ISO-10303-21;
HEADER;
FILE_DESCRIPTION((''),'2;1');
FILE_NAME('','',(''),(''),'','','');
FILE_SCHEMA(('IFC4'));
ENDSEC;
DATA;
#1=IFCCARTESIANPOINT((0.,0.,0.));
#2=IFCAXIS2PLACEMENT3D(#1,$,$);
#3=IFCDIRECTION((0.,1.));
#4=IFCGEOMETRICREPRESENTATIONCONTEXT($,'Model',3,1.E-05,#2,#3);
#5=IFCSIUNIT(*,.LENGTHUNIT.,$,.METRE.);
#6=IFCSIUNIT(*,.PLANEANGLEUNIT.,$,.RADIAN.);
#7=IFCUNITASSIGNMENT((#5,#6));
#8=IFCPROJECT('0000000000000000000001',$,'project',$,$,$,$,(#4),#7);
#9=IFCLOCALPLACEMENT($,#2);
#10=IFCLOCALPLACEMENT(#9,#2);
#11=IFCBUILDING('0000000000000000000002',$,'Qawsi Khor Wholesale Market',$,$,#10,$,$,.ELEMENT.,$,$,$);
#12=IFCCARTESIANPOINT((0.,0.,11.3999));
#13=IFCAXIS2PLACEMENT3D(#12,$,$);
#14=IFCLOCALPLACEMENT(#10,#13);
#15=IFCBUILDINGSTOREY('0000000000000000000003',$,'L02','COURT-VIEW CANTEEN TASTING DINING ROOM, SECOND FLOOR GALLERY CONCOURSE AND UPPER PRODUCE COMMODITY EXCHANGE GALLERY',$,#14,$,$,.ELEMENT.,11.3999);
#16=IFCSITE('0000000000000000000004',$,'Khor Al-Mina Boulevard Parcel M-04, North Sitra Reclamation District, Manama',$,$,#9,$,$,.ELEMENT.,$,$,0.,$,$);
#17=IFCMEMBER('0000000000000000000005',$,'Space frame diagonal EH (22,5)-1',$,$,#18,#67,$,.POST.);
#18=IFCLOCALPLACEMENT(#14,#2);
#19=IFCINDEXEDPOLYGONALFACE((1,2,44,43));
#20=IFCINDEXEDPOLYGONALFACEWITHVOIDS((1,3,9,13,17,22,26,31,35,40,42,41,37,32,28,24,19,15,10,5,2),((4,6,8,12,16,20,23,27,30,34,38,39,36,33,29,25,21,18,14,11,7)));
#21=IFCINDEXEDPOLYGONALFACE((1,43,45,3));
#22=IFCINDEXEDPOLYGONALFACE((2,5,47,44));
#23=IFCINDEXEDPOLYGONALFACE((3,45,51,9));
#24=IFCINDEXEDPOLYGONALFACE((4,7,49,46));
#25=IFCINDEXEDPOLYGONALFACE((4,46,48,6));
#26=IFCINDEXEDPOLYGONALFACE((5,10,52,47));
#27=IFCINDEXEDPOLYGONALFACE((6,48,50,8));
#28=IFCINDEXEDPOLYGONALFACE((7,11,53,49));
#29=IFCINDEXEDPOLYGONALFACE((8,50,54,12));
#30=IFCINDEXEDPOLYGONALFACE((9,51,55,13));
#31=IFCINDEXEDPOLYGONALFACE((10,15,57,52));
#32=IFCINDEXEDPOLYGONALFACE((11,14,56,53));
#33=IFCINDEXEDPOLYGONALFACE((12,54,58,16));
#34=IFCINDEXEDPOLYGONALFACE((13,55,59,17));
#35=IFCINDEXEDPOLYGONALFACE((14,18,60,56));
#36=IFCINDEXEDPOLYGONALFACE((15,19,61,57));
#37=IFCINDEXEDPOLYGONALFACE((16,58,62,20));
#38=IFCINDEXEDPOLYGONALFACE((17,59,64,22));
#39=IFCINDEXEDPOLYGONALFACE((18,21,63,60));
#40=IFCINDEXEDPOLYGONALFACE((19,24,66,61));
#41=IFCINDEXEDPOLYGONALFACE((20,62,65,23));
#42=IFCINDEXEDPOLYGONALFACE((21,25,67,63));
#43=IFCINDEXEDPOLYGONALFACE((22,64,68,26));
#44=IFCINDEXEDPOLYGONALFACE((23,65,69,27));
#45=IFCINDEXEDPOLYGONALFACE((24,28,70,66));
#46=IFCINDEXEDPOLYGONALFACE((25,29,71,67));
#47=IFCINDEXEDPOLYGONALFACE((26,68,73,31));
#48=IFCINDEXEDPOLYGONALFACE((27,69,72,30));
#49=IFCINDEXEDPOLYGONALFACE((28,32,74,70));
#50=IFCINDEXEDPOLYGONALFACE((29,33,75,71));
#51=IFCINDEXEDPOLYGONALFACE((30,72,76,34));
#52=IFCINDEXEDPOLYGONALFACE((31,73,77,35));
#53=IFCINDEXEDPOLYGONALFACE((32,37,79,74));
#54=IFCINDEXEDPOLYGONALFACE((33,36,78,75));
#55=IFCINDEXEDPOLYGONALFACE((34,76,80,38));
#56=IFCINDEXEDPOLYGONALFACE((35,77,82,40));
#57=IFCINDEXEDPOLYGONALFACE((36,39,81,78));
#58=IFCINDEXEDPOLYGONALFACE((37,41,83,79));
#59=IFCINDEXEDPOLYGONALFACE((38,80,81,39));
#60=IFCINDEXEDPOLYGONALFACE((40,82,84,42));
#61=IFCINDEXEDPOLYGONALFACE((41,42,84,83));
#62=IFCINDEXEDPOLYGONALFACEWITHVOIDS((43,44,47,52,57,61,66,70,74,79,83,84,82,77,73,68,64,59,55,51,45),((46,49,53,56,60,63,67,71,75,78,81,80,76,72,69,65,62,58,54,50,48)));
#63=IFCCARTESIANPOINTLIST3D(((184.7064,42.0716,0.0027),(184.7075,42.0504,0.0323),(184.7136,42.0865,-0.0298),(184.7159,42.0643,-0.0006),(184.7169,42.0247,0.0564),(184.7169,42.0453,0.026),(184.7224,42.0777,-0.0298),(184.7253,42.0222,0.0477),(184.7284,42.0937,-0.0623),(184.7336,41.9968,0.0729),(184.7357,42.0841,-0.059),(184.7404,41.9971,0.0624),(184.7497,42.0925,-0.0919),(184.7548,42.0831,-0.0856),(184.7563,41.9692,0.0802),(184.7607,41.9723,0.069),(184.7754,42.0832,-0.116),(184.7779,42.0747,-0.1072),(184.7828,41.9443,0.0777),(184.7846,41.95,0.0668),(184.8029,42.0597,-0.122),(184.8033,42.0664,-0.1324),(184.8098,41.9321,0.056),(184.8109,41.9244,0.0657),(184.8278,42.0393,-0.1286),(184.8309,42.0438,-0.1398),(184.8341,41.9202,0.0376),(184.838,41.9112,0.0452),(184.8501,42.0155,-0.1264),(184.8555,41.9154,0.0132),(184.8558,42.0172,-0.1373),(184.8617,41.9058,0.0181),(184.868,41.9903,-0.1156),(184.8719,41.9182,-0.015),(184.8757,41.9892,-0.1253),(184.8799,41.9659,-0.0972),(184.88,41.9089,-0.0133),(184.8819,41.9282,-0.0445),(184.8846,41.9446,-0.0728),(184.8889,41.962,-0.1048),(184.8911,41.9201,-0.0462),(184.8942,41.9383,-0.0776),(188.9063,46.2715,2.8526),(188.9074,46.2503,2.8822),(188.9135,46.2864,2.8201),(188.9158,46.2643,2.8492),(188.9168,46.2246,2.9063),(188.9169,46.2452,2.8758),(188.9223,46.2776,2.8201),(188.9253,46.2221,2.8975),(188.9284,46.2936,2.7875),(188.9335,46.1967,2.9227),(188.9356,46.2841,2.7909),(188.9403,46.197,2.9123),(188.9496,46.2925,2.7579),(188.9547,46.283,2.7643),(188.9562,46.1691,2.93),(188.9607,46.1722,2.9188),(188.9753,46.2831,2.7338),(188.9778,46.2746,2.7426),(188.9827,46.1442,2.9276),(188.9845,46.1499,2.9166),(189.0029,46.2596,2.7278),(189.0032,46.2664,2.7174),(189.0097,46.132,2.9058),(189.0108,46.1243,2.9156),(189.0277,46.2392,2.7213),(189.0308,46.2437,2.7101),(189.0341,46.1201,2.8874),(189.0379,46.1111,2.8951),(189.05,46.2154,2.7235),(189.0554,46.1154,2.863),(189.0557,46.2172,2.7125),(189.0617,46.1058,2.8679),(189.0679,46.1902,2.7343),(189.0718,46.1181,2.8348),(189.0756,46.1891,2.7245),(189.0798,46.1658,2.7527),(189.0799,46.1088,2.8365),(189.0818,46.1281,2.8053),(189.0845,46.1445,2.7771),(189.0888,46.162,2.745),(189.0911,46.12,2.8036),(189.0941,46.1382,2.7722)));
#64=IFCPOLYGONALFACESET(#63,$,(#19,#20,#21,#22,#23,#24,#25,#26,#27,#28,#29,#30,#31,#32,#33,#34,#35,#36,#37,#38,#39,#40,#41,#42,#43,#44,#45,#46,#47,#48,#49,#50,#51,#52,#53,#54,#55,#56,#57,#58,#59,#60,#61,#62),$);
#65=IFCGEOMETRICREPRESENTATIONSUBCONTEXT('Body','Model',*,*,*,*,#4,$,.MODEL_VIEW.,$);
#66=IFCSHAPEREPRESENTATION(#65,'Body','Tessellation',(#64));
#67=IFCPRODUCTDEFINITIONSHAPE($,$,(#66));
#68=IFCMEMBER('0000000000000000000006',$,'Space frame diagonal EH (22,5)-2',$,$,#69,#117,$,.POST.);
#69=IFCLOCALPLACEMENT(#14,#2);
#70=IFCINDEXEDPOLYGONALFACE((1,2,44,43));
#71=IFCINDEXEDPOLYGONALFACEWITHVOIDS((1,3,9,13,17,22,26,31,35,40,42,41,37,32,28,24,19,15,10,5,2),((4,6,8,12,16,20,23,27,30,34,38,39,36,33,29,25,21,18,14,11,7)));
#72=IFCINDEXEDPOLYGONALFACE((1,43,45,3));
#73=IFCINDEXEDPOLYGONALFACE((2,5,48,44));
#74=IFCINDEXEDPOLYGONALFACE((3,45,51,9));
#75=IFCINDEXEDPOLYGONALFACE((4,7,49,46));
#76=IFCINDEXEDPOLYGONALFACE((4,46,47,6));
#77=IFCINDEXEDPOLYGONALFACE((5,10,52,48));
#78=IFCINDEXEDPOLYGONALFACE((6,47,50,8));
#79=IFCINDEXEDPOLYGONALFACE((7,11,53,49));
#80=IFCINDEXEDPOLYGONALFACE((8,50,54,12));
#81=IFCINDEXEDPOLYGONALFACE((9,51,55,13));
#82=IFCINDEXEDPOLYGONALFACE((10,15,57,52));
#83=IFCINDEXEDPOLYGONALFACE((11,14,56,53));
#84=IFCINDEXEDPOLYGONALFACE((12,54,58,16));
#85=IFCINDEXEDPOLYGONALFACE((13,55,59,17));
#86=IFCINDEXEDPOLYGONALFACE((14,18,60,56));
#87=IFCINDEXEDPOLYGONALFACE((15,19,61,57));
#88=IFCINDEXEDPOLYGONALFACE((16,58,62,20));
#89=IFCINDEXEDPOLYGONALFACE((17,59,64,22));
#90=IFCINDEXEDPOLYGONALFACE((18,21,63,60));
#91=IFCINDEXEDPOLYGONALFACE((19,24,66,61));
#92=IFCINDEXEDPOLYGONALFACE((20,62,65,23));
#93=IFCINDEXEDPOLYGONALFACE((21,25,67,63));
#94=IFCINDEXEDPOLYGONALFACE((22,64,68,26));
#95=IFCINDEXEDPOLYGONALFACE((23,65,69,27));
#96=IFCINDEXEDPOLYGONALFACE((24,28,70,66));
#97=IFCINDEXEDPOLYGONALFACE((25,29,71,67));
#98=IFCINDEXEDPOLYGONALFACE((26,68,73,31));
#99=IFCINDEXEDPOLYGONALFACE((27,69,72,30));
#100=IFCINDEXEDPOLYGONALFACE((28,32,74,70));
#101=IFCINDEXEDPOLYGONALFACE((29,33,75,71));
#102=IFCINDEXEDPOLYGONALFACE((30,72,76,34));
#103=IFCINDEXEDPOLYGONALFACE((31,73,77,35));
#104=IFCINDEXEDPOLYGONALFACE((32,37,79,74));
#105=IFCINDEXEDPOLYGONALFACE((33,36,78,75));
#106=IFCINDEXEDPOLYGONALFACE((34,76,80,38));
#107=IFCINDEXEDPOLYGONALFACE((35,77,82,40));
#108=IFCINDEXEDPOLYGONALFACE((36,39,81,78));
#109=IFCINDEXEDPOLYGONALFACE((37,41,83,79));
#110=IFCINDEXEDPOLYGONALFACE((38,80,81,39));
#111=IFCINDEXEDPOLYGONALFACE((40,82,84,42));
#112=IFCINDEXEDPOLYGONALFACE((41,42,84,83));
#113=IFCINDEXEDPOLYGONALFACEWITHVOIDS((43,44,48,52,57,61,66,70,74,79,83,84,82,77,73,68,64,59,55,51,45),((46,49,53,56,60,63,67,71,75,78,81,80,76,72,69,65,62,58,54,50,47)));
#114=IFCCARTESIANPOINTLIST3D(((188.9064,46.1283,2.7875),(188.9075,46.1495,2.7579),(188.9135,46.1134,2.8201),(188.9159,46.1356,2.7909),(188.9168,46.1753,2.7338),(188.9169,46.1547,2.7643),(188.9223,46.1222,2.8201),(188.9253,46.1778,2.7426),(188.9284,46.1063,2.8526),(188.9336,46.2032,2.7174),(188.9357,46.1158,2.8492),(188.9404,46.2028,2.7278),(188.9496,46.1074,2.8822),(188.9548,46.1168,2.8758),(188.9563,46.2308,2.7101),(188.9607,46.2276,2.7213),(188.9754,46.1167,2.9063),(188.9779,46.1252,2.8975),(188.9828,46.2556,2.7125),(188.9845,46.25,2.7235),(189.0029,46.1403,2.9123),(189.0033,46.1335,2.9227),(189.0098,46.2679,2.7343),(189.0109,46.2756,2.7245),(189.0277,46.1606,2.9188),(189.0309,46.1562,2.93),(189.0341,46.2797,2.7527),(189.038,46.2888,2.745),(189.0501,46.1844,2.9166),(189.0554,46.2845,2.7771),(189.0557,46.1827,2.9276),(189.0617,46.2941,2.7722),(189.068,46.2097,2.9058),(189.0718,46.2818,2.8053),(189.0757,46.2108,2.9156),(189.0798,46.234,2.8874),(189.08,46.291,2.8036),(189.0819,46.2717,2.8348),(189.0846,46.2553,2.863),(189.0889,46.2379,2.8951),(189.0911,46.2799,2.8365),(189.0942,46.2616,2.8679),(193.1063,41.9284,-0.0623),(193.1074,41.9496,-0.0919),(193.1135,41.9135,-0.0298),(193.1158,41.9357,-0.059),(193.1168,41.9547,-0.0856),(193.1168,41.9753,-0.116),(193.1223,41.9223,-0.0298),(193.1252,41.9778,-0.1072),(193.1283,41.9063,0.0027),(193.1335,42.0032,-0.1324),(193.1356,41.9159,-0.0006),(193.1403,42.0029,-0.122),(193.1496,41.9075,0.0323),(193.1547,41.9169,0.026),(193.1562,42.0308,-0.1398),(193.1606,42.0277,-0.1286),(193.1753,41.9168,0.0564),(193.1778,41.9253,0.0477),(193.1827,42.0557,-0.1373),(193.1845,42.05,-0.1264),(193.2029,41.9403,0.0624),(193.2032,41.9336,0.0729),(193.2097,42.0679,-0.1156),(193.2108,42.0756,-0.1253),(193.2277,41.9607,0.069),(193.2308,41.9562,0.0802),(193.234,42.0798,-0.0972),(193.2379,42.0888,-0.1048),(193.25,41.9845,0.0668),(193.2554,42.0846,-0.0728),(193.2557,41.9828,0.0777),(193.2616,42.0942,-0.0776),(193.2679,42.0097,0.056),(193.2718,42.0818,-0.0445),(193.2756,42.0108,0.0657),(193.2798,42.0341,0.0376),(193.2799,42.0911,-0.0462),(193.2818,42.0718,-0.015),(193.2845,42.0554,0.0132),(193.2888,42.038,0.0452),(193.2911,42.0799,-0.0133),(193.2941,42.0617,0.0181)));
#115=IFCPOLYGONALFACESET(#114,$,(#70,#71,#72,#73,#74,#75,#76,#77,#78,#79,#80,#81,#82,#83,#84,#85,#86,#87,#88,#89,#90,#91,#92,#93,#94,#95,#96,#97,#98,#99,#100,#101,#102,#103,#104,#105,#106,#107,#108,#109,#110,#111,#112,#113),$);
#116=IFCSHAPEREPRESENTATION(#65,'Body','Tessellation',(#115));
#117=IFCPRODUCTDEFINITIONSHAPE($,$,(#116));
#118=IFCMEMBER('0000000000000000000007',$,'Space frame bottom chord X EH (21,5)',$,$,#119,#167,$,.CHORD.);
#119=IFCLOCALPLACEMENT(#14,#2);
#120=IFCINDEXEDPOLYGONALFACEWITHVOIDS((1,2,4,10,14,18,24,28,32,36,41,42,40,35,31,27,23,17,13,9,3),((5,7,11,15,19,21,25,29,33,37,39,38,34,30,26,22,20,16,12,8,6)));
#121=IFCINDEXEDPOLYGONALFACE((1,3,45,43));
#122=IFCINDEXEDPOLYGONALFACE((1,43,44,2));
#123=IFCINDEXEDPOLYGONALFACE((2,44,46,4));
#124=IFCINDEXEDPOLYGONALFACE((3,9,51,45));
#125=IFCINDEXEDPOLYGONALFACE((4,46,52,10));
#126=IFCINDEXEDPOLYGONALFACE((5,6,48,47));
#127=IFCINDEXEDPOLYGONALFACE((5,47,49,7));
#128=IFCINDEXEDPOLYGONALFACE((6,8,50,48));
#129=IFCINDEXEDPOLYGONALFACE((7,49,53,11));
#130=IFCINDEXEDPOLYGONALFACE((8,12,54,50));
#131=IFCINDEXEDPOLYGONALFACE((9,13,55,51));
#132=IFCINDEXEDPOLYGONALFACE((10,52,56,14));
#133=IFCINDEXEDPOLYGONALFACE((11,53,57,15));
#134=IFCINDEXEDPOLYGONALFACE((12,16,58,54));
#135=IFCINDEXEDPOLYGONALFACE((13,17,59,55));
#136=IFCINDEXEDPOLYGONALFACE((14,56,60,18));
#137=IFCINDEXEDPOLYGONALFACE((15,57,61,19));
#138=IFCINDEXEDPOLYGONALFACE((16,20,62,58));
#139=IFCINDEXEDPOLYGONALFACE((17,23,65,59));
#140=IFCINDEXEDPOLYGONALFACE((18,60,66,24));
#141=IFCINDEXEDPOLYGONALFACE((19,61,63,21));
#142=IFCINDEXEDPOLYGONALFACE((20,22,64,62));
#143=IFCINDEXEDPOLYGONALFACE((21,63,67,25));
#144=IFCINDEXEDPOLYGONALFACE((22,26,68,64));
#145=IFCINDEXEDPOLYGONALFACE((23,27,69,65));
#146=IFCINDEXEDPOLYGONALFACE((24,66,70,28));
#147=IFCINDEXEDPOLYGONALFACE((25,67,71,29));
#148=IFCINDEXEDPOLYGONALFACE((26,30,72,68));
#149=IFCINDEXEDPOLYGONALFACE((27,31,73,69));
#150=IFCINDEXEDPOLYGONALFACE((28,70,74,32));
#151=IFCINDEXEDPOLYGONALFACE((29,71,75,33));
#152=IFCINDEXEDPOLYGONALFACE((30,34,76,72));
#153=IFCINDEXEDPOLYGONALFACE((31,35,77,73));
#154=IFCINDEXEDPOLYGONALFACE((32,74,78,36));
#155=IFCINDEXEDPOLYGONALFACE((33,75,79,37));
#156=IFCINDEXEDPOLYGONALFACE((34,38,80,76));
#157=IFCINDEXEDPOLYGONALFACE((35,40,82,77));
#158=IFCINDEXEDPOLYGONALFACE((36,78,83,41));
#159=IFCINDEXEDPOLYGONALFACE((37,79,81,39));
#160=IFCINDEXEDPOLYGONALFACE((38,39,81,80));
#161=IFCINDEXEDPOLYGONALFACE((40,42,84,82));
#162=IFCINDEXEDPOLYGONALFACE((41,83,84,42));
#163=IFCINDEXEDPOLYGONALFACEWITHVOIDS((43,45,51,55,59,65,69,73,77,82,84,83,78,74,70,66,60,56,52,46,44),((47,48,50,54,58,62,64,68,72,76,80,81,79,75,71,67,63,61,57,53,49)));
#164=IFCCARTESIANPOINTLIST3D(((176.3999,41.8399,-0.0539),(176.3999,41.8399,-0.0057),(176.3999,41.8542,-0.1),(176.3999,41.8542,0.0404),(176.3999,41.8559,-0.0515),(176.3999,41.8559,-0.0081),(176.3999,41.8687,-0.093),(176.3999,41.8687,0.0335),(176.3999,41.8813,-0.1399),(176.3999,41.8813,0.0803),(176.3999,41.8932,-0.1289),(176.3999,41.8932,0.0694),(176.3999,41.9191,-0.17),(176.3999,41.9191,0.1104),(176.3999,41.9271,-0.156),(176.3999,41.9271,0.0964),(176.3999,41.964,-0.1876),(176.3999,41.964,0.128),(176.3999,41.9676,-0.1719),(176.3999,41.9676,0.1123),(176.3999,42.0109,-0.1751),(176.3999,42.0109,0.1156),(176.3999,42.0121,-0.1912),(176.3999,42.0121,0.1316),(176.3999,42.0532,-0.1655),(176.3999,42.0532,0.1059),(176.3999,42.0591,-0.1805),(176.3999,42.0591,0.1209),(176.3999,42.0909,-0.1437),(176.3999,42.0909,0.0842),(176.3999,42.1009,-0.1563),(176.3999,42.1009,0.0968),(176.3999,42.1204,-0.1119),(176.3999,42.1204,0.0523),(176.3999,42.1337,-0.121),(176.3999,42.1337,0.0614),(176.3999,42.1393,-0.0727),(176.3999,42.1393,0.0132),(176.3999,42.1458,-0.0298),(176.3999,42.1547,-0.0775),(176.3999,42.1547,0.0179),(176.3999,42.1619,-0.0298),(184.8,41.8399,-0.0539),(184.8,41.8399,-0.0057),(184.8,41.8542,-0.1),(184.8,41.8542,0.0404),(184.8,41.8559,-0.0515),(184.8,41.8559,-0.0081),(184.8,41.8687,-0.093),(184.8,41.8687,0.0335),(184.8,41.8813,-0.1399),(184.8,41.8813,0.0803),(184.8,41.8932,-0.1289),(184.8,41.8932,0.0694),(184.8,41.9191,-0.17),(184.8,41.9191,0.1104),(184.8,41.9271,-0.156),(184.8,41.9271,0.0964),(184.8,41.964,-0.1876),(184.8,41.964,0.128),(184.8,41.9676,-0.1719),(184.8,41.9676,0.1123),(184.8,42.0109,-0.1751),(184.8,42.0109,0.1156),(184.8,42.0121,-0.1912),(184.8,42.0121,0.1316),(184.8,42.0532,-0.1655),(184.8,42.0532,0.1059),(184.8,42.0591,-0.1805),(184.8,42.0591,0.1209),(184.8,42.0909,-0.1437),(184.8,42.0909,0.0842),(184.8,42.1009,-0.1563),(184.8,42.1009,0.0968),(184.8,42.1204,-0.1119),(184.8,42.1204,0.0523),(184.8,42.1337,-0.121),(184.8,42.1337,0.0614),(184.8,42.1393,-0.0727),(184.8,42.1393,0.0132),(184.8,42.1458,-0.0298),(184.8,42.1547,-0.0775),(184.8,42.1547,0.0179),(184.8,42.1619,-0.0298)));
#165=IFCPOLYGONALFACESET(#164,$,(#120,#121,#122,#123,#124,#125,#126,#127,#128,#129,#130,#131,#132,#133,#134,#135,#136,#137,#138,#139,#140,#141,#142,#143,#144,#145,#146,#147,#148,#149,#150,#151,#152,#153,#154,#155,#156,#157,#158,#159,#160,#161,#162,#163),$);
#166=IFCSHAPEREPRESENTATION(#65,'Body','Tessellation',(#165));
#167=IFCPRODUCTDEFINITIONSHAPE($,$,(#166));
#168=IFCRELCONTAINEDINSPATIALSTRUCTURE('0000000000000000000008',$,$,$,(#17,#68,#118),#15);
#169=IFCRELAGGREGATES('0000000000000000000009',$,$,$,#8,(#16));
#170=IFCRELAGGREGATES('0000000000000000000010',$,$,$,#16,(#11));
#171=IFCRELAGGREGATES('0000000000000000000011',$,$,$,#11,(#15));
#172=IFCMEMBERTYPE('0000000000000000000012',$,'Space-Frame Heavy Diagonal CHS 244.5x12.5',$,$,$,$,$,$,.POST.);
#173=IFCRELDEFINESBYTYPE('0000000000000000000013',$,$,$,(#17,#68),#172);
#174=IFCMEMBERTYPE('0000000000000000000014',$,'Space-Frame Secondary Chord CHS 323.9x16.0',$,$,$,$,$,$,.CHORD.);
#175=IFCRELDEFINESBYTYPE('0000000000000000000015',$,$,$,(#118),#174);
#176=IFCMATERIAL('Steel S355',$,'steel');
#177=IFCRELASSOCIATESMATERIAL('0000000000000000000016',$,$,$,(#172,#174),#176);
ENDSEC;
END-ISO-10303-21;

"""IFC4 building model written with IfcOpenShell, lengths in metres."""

from ifc_helpers import new_model, si_unit, direction, frame, origin, origin_2d, place, context, subcontext, project, spatial, hollow_circle, extrude, material, material_profile, profile_set, type_object, element, save


model = new_model("IFC4")

# Units and contexts
model_context = context("Model", 3, precision=1e-05, world=origin(), true_north=direction((0.0, 1.0)))
body_context = subcontext(model_context, "Body", "Model", "MODEL_VIEW")
ifc_project = project(units=[si_unit("LENGTHUNIT", "METRE"), si_unit("PLANEANGLEUNIT", "RADIAN")], contexts=[model_context])

# Site, building, storey
site_placement = place(None, origin())
site = spatial("IfcSite", under=ifc_project, at=site_placement, Name="Khor Al-Mina Boulevard Parcel M-04, North Sitra Reclamation District, Manama", CompositionType="ELEMENT", RefElevation=0.0)
building_placement = place(site_placement, origin())
building = spatial("IfcBuilding", under=site, at=building_placement, Name="Qawsi Khor Wholesale Market", CompositionType="ELEMENT")
storey_placement = place(building_placement, frame((0.0, 0.0, 11.3999)))
storey = spatial("IfcBuildingStorey", under=building, at=storey_placement, Name="L02", Description="COURT-VIEW CANTEEN TASTING DINING ROOM, SECOND FLOOR GALLERY CONCOURSE AND UPPER PRODUCE COMMODITY EXCHANGE GALLERY", CompositionType="ELEMENT", Elevation=11.3999)

# Members
ifc_material_1 = material(Name="Steel S355", Category="steel")
ifc_material_profile_1 = material_profile(ifc_material_1, hollow_circle(Radius=0.1223, WallThickness=0.0125, at=origin_2d()), Name="CHS 244.5x12.5")
ifc_profile_set_1 = profile_set([ifc_material_profile_1], Name="Steel S355")
member_type_1 = type_object("IfcMemberType", Name="Space-Frame Heavy Diagonal CHS 244.5x12.5", PredefinedType="POST", material=ifc_profile_set_1)
for number, where, z_axis, x_axis, name in (
    (1, (184.8, 42.0, -0.0298), (0.637522, 0.637522, 0.432587), (-0.707107, 0.707107, 0.0), "Space frame diagonal EH (22,5)-1"),
    (2, (193.2, 42.0, -0.0298), (-0.637522, 0.637522, 0.432587), (-0.707107, -0.707107, 0.0), "Space frame diagonal EH (22,5)-2"),
):
    element("IfcMember", number, at=place(storey_placement, frame(where, z_axis=z_axis, x_axis=x_axis)), inside=storey, type_object=member_type_1, Name=name, PredefinedType="POST", context=body_context, shape_type="SweptSolid", body=[
        extrude(hollow_circle(Radius=0.1223, WallThickness=0.0125, at=origin_2d()), origin(), (0.0, 0.0, 1.0), 6.5879),
    ])
ifc_material_profile_2 = material_profile(ifc_material_1, hollow_circle(Radius=0.1619, WallThickness=0.0161, at=origin_2d()), Name="CHS 323.9x16.0")
ifc_profile_set_2 = profile_set([ifc_material_profile_2], Name="Steel S355")
member_type_2 = type_object("IfcMemberType", Name="Space-Frame Secondary Chord CHS 323.9x16.0", PredefinedType="CHORD", material=ifc_profile_set_2)
member_1_placement = place(storey_placement, frame((176.3999, 42.0, -0.0298), z_axis=(1.0, 0.0, 0.0), x_axis=(0.0, 1.0, 0.0)))
element("IfcMember", 3, at=member_1_placement, inside=storey, type_object=member_type_2, Name="Space frame bottom chord X EH (21,5)", PredefinedType="CHORD", context=body_context, shape_type="SweptSolid", body=[
    extrude(hollow_circle(Radius=0.1619, WallThickness=0.0161, at=origin_2d()), origin(), (0.0, 0.0, 1.0), 8.4001),
])

save(model, "model.ifc")
